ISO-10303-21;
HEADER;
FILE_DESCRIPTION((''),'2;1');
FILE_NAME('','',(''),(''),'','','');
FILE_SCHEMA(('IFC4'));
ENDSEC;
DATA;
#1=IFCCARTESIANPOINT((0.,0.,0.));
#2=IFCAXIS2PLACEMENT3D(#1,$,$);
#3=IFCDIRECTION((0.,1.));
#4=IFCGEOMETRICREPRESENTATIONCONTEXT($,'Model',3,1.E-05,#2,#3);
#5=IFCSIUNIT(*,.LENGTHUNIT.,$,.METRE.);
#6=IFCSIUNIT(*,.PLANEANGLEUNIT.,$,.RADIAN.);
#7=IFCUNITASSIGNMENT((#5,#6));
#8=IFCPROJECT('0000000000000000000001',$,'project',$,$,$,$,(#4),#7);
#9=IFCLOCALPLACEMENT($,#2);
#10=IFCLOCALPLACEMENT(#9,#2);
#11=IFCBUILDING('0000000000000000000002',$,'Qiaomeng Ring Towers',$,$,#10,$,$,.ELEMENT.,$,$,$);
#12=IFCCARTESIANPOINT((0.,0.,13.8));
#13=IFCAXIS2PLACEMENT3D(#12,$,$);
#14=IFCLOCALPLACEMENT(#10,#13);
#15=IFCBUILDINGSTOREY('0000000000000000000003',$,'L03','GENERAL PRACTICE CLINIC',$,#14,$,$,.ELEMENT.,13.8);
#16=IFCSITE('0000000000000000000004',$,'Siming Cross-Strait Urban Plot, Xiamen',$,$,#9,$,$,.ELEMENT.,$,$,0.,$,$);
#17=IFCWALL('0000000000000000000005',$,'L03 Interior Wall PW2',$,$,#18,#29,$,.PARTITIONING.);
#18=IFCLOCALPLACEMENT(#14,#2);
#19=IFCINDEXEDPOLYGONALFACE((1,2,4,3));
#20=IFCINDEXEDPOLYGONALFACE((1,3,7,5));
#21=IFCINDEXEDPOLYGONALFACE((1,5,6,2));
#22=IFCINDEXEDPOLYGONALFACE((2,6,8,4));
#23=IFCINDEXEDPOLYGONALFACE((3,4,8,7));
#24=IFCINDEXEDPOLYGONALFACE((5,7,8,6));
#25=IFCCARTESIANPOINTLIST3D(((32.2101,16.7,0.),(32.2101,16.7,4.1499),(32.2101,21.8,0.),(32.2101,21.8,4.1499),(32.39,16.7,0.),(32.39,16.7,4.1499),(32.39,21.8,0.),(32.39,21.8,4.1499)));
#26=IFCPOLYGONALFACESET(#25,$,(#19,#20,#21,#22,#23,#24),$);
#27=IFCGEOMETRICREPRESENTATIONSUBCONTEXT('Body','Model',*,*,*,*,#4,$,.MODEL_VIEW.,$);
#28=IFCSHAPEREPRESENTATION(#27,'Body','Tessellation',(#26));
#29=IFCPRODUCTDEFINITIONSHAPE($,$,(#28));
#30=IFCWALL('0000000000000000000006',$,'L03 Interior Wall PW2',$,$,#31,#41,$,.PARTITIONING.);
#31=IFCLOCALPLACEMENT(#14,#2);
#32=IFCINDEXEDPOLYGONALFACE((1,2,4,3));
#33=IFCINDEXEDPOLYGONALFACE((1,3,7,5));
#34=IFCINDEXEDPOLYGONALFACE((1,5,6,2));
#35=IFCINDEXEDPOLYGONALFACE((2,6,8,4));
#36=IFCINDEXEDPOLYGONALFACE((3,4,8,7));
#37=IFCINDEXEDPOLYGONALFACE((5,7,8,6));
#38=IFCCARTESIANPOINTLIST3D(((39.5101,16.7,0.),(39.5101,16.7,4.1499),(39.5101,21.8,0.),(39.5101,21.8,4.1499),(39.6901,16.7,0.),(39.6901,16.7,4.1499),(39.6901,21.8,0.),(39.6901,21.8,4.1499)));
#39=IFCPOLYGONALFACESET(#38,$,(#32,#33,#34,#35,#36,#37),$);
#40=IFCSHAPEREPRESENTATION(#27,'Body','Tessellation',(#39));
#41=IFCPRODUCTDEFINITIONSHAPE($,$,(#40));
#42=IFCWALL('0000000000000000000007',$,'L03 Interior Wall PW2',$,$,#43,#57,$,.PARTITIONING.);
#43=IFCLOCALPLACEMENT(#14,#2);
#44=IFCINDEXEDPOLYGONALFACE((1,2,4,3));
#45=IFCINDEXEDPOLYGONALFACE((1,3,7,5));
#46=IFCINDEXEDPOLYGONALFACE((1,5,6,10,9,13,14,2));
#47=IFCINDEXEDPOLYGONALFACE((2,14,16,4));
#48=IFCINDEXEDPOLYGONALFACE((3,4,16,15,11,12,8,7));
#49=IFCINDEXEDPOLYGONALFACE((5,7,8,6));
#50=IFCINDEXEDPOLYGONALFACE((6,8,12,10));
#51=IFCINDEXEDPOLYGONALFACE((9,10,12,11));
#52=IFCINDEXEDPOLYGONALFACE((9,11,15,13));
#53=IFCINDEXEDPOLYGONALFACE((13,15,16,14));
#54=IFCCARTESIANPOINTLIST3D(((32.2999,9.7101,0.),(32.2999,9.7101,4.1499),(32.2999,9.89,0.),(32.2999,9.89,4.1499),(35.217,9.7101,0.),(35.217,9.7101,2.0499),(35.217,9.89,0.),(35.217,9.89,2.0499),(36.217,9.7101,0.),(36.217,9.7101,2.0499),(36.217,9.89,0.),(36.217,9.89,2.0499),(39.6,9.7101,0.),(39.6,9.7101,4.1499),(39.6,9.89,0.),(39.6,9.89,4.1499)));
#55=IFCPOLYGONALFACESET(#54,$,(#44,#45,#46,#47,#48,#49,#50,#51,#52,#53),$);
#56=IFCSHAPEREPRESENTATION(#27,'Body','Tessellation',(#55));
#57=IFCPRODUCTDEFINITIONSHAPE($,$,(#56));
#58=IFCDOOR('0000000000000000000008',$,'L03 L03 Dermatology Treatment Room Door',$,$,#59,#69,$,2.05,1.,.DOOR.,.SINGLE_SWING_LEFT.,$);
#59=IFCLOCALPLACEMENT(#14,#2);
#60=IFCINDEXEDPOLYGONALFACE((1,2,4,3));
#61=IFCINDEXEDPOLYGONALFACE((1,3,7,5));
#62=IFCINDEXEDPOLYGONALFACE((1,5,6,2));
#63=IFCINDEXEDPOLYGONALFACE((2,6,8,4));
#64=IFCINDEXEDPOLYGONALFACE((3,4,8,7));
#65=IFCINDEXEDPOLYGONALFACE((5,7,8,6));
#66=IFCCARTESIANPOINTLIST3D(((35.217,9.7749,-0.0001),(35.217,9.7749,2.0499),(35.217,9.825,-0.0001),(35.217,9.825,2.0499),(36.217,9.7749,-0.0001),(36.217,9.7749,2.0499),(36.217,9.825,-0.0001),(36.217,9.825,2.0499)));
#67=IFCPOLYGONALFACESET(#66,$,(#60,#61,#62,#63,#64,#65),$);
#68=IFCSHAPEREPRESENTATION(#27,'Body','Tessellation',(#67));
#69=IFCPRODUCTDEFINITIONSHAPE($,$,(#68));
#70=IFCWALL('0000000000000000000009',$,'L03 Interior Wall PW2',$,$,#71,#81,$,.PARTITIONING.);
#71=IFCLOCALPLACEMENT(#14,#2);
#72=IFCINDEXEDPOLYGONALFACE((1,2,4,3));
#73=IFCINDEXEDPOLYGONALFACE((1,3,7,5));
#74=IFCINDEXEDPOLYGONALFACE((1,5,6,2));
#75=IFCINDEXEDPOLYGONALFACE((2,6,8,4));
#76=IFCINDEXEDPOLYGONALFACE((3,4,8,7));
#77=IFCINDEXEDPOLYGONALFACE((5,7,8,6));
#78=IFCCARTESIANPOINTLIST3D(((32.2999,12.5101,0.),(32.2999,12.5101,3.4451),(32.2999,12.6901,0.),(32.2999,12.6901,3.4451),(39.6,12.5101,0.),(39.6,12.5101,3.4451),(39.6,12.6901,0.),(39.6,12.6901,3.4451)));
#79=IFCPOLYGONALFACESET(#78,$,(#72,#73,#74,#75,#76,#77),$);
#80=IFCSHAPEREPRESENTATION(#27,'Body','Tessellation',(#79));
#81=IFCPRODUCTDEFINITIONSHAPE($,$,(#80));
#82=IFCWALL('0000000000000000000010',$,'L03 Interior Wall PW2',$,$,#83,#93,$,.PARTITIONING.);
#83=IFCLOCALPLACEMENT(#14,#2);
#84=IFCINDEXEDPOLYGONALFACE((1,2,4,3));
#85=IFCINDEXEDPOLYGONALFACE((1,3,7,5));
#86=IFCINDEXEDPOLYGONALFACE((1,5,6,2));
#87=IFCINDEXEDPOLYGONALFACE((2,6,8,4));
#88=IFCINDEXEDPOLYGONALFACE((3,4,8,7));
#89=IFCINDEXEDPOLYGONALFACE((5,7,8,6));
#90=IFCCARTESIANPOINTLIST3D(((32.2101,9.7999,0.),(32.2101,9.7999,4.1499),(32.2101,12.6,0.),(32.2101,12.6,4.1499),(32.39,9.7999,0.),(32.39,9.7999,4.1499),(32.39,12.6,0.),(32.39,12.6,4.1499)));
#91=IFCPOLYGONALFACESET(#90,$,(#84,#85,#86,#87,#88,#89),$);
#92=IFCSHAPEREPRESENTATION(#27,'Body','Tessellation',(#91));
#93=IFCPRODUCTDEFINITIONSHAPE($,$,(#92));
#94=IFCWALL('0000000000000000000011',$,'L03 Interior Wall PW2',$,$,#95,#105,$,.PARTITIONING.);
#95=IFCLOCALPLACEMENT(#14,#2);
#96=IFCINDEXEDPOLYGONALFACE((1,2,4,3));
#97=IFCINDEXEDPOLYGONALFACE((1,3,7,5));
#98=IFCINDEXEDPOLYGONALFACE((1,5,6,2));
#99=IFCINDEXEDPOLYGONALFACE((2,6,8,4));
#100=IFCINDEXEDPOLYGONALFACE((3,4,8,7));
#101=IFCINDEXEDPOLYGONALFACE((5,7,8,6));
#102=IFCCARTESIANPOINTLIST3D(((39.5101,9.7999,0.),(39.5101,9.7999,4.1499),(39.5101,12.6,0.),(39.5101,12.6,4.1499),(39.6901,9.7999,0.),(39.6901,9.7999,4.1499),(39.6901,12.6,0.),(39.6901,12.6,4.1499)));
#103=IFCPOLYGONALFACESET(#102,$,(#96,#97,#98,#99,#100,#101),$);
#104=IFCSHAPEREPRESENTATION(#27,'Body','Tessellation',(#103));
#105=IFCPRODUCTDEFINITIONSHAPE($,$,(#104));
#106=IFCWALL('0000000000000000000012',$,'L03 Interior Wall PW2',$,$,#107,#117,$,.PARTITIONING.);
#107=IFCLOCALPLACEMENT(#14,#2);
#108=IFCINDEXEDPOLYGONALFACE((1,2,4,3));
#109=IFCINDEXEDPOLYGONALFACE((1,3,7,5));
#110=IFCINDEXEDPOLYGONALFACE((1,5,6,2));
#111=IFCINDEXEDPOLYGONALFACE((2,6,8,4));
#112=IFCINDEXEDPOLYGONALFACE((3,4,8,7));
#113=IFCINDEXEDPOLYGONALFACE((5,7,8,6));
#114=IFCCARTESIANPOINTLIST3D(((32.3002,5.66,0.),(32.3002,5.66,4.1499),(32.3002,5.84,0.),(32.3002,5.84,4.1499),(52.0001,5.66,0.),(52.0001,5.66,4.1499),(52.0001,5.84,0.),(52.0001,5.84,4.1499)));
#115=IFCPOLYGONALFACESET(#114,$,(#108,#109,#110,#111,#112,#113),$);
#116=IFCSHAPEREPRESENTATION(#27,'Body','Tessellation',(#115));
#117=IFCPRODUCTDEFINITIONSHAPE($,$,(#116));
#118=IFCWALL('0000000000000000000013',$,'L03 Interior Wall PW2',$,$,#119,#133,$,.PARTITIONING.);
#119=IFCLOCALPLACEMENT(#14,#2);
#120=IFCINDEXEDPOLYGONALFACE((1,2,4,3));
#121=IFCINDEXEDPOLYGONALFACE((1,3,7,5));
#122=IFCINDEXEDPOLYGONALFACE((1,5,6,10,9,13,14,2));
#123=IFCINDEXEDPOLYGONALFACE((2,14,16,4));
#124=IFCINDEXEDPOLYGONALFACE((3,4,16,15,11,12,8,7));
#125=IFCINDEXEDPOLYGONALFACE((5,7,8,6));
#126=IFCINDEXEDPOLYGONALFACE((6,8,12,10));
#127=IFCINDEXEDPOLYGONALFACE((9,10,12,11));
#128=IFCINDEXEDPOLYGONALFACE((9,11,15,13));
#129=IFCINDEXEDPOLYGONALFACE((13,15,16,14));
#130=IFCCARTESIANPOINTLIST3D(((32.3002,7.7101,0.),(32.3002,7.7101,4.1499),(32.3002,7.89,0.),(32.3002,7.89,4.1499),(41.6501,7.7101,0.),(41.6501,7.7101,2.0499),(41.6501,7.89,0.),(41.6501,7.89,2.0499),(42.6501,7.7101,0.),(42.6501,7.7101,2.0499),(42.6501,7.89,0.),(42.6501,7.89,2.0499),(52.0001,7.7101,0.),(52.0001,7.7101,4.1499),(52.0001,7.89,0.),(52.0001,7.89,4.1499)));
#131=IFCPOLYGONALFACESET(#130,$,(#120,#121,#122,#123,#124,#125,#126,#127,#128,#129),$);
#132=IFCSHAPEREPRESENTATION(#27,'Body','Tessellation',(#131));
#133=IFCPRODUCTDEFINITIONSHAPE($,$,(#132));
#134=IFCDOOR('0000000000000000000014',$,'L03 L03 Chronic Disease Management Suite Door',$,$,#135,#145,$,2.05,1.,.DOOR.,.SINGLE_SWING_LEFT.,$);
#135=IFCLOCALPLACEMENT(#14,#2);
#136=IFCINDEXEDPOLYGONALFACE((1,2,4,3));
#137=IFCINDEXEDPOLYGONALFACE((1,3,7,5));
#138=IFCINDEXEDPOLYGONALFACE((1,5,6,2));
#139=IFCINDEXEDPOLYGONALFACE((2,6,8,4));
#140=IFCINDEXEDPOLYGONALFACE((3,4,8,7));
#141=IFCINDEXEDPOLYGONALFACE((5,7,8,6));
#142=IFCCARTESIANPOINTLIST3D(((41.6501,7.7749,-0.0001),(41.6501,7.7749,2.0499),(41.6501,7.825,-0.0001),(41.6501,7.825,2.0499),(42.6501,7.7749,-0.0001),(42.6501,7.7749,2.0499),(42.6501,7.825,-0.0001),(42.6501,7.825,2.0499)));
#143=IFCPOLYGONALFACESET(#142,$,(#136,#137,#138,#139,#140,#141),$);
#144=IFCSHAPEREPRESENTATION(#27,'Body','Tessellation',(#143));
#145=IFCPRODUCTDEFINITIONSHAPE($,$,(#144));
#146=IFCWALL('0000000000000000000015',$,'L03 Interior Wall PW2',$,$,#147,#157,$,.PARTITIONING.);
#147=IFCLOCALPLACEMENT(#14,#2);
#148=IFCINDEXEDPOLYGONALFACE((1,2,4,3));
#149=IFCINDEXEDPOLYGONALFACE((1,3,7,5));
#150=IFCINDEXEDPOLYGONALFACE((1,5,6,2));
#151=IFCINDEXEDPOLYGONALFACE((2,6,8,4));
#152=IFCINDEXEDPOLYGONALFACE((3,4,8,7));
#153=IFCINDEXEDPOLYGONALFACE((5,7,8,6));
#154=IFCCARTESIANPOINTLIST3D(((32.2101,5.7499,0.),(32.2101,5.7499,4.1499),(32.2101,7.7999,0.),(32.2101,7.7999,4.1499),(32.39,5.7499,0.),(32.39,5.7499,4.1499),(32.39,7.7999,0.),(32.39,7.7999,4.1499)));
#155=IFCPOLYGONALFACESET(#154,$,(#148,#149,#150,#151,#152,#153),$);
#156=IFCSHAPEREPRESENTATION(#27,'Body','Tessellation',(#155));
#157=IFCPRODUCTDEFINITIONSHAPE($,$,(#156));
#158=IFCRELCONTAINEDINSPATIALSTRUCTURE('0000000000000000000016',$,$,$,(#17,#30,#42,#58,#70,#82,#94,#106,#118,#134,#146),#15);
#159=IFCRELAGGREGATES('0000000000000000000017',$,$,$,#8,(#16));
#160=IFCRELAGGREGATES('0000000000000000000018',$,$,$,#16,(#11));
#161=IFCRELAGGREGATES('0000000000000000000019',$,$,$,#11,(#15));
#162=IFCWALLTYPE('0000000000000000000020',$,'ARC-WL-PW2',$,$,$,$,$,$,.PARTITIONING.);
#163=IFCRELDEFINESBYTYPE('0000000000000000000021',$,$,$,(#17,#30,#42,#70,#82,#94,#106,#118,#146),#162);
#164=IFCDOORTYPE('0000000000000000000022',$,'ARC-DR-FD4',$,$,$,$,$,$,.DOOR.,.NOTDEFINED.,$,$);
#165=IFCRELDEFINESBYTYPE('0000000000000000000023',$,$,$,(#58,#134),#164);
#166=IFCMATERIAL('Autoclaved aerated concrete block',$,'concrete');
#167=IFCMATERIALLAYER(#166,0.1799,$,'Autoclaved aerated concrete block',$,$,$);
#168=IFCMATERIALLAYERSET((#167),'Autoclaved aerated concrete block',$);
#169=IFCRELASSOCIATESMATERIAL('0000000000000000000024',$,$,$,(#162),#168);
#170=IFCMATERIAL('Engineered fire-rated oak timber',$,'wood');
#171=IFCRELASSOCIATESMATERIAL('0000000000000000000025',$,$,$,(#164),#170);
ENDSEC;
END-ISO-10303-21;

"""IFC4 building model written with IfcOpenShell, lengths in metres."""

from ifc_helpers import new_model, si_unit, direction, frame, frame_2d, origin, place, context, subcontext, project, spatial, rectangle, extrude, source, transform, mapped, material, layer, layer_set, type_object, element, fill, save


model = new_model("IFC4")

# Units and contexts
model_context = context("Model", 3, precision=1e-05, world=origin(), true_north=direction((0.0, 1.0)))
body_context = subcontext(model_context, "Body", "Model", "MODEL_VIEW")
ifc_project = project(units=[si_unit("LENGTHUNIT", "METRE"), si_unit("PLANEANGLEUNIT", "RADIAN")], contexts=[model_context])

# Site, building, storey
site_placement = place(None, origin())
site = spatial("IfcSite", under=ifc_project, at=site_placement, Name="Siming Cross-Strait Urban Plot, Xiamen", CompositionType="ELEMENT", RefElevation=0.0)
building_placement = place(site_placement, origin())
building = spatial("IfcBuilding", under=site, at=building_placement, Name="Qiaomeng Ring Towers", CompositionType="ELEMENT")
storey_placement = place(building_placement, frame((0.0, 0.0, 13.8)))
storey = spatial("IfcBuildingStorey", under=building, at=storey_placement, Name="L03", Description="GENERAL PRACTICE CLINIC", CompositionType="ELEMENT", Elevation=13.8)

# Walls
ifc_material_1 = material(Name="Autoclaved aerated concrete block", Category="concrete")
ifc_layer_1 = layer(ifc_material_1, 0.1799, Name="Autoclaved aerated concrete block")
ifc_layer_set_1 = layer_set([ifc_layer_1], Name="Autoclaved aerated concrete block")
wall_type_1 = type_object("IfcWallType", Name="ARC-WL-PW2", PredefinedType="PARTITIONING", material=ifc_layer_set_1)
for number, where, z_axis, x_axis, name in (
    (1, (32.3, 16.7, 0.0), (0.0, 0.0, 1.0), (0.0, 1.0, 0.0), "L03 Interior Wall PW2"),
    (2, (39.6001, 16.7, 0.0), (0.0, 0.0, 1.0), (0.0, 1.0, 0.0), "L03 Interior Wall PW2"),
):
    element("IfcWall", number, at=place(storey_placement, frame(where, z_axis=z_axis, x_axis=x_axis)), inside=storey, type_object=wall_type_1, Name=name, PredefinedType="PARTITIONING", context=body_context, shape_type="SweptSolid", body=[
        extrude(rectangle(XDim=5.1001, YDim=0.1799, at=frame_2d((2.55, 0.0))), origin(), (0.0, 0.0, 1.0), 4.1499),
    ])

# Wall, opening, door
wall_1_placement = place(storey_placement, frame((32.3, 9.8, 0.0), z_axis=(0.0, 0.0, 1.0), x_axis=(1.0, 0.0, 0.0)))
wall_1 = element("IfcWall", 3, at=wall_1_placement, inside=storey, type_object=wall_type_1, Name="L03 Interior Wall PW2", PredefinedType="PARTITIONING", context=body_context, shape_type="SweptSolid", body=[
    extrude(rectangle(XDim=7.3, YDim=0.1799, at=frame_2d((3.6499, 0.0))), origin(), (0.0, 0.0, 1.0), 4.1499),
])
opening_1_placement = place(wall_1_placement, frame((2.917, 0.0, 0.0)))
opening_1 = element("IfcOpeningElement", 4, at=opening_1_placement, cuts=wall_1, PredefinedType="OPENING", context=body_context, shape_type="SweptSolid", body=[
    extrude(rectangle(XDim=1.0, YDim=2.05, at=frame_2d((0.5, 1.0249))), frame((0.0, 0.0999, 0.0), z_axis=(0.0, -1.0, 0.0), x_axis=(1.0, 0.0, 0.0)), (0.0, 0.0, 1.0), 0.2),
])
ifc_material_2 = material(Name="Engineered fire-rated oak timber", Category="wood")
door_type_1 = type_object("IfcDoorType", Name="ARC-DR-FD4", OperationType="NOTDEFINED", PredefinedType="DOOR", material=ifc_material_2)
shared_shape_1 = source(origin(), body_context, "Body", "SweptSolid", [
    extrude(rectangle(XDim=1.0, YDim=2.05, at=frame_2d((0.5, 1.0249))), frame((0.0, 0.0249, 0.0), z_axis=(0.0, -1.0, 0.0), x_axis=(1.0, 0.0, 0.0)), (0.0, 0.0, 1.0), 0.05),
])
door_1_placement = place(opening_1_placement, origin())
door_1 = element("IfcDoor", 5, at=door_1_placement, inside=storey, type_object=door_type_1, Name="L03 L03 Dermatology Treatment Room Door", OperationType="SINGLE_SWING_LEFT", OverallHeight=2.05, OverallWidth=1.0, PredefinedType="DOOR", context=body_context, shape_type="MappedRepresentation", body=[
    mapped(shared_shape_1, transform((0.0, 0.0, 0.0), x_axis=(1.0, 0.0, 0.0), y_axis=(0.0, 1.0, 0.0), z_axis=(0.0, 0.0, 1.0), scale=1.0)),
])
fill(opening_1, door_1)

# Walls
wall_2_placement = place(storey_placement, frame((32.3, 12.6001, 0.0), z_axis=(0.0, 0.0, 1.0), x_axis=(1.0, 0.0, 0.0)))
element("IfcWall", 6, at=wall_2_placement, inside=storey, type_object=wall_type_1, Name="L03 Interior Wall PW2", PredefinedType="PARTITIONING", context=body_context, shape_type="SweptSolid", body=[
    extrude(rectangle(XDim=7.3, YDim=0.1799, at=frame_2d((3.6499, 0.0))), origin(), (0.0, 0.0, 1.0), 3.4451),
])
for number, where, z_axis, x_axis, name in (
    (7, (32.3, 9.8, 0.0), (0.0, 0.0, 1.0), (0.0, 1.0, 0.0), "L03 Interior Wall PW2"),
    (8, (39.6001, 9.8, 0.0), (0.0, 0.0, 1.0), (0.0, 1.0, 0.0), "L03 Interior Wall PW2"),
):
    element("IfcWall", number, at=place(storey_placement, frame(where, z_axis=z_axis, x_axis=x_axis)), inside=storey, type_object=wall_type_1, Name=name, PredefinedType="PARTITIONING", context=body_context, shape_type="SweptSolid", body=[
        extrude(rectangle(XDim=2.8, YDim=0.1799, at=frame_2d((1.3999, 0.0))), origin(), (0.0, 0.0, 1.0), 4.1499),
    ])
wall_3_placement = place(storey_placement, frame((32.3, 5.75, 0.0), z_axis=(0.0, 0.0, 1.0), x_axis=(1.0, 0.0, 0.0)))
element("IfcWall", 9, at=wall_3_placement, inside=storey, type_object=wall_type_1, Name="L03 Interior Wall PW2", PredefinedType="PARTITIONING", context=body_context, shape_type="SweptSolid", body=[
    extrude(rectangle(XDim=19.7, YDim=0.1799, at=frame_2d((9.8501, 0.0))), origin(), (0.0, 0.0, 1.0), 4.1499),
])

# Wall, opening, door
wall_4_placement = place(storey_placement, frame((32.3, 7.8, 0.0), z_axis=(0.0, 0.0, 1.0), x_axis=(1.0, 0.0, 0.0)))
wall_4 = element("IfcWall", 10, at=wall_4_placement, inside=storey, type_object=wall_type_1, Name="L03 Interior Wall PW2", PredefinedType="PARTITIONING", context=body_context, shape_type="SweptSolid", body=[
    extrude(rectangle(XDim=19.7, YDim=0.1799, at=frame_2d((9.8501, 0.0))), origin(), (0.0, 0.0, 1.0), 4.1499),
])
opening_2_placement = place(wall_4_placement, frame((9.3501, 0.0, 0.0)))
opening_2 = element("IfcOpeningElement", 11, at=opening_2_placement, cuts=wall_4, PredefinedType="OPENING", context=body_context, shape_type="SweptSolid", body=[
    extrude(rectangle(XDim=1.0, YDim=2.05, at=frame_2d((0.5, 1.0249))), frame((0.0, 0.0999, 0.0), z_axis=(0.0, -1.0, 0.0), x_axis=(1.0, 0.0, 0.0)), (0.0, 0.0, 1.0), 0.2),
])
door_2_placement = place(opening_2_placement, origin())
door_2 = element("IfcDoor", 12, at=door_2_placement, inside=storey, type_object=door_type_1, Name="L03 L03 Chronic Disease Management Suite Door", OperationType="SINGLE_SWING_LEFT", OverallHeight=2.05, OverallWidth=1.0, PredefinedType="DOOR", context=body_context, shape_type="MappedRepresentation", body=[
    mapped(shared_shape_1, transform((0.0, 0.0, 0.0), x_axis=(1.0, 0.0, 0.0), y_axis=(0.0, 1.0, 0.0), z_axis=(0.0, 0.0, 1.0), scale=1.0)),
])
fill(opening_2, door_2)

# Wall
wall_5_placement = place(storey_placement, frame((32.3, 5.75, 0.0), z_axis=(0.0, 0.0, 1.0), x_axis=(0.0, 1.0, 0.0)))
element("IfcWall", 13, at=wall_5_placement, inside=storey, type_object=wall_type_1, Name="L03 Interior Wall PW2", PredefinedType="PARTITIONING", context=body_context, shape_type="SweptSolid", body=[
    extrude(rectangle(XDim=2.05, YDim=0.1799, at=frame_2d((1.0249, 0.0))), origin(), (0.0, 0.0, 1.0), 4.1499),
])

save(model, "model.ifc")
